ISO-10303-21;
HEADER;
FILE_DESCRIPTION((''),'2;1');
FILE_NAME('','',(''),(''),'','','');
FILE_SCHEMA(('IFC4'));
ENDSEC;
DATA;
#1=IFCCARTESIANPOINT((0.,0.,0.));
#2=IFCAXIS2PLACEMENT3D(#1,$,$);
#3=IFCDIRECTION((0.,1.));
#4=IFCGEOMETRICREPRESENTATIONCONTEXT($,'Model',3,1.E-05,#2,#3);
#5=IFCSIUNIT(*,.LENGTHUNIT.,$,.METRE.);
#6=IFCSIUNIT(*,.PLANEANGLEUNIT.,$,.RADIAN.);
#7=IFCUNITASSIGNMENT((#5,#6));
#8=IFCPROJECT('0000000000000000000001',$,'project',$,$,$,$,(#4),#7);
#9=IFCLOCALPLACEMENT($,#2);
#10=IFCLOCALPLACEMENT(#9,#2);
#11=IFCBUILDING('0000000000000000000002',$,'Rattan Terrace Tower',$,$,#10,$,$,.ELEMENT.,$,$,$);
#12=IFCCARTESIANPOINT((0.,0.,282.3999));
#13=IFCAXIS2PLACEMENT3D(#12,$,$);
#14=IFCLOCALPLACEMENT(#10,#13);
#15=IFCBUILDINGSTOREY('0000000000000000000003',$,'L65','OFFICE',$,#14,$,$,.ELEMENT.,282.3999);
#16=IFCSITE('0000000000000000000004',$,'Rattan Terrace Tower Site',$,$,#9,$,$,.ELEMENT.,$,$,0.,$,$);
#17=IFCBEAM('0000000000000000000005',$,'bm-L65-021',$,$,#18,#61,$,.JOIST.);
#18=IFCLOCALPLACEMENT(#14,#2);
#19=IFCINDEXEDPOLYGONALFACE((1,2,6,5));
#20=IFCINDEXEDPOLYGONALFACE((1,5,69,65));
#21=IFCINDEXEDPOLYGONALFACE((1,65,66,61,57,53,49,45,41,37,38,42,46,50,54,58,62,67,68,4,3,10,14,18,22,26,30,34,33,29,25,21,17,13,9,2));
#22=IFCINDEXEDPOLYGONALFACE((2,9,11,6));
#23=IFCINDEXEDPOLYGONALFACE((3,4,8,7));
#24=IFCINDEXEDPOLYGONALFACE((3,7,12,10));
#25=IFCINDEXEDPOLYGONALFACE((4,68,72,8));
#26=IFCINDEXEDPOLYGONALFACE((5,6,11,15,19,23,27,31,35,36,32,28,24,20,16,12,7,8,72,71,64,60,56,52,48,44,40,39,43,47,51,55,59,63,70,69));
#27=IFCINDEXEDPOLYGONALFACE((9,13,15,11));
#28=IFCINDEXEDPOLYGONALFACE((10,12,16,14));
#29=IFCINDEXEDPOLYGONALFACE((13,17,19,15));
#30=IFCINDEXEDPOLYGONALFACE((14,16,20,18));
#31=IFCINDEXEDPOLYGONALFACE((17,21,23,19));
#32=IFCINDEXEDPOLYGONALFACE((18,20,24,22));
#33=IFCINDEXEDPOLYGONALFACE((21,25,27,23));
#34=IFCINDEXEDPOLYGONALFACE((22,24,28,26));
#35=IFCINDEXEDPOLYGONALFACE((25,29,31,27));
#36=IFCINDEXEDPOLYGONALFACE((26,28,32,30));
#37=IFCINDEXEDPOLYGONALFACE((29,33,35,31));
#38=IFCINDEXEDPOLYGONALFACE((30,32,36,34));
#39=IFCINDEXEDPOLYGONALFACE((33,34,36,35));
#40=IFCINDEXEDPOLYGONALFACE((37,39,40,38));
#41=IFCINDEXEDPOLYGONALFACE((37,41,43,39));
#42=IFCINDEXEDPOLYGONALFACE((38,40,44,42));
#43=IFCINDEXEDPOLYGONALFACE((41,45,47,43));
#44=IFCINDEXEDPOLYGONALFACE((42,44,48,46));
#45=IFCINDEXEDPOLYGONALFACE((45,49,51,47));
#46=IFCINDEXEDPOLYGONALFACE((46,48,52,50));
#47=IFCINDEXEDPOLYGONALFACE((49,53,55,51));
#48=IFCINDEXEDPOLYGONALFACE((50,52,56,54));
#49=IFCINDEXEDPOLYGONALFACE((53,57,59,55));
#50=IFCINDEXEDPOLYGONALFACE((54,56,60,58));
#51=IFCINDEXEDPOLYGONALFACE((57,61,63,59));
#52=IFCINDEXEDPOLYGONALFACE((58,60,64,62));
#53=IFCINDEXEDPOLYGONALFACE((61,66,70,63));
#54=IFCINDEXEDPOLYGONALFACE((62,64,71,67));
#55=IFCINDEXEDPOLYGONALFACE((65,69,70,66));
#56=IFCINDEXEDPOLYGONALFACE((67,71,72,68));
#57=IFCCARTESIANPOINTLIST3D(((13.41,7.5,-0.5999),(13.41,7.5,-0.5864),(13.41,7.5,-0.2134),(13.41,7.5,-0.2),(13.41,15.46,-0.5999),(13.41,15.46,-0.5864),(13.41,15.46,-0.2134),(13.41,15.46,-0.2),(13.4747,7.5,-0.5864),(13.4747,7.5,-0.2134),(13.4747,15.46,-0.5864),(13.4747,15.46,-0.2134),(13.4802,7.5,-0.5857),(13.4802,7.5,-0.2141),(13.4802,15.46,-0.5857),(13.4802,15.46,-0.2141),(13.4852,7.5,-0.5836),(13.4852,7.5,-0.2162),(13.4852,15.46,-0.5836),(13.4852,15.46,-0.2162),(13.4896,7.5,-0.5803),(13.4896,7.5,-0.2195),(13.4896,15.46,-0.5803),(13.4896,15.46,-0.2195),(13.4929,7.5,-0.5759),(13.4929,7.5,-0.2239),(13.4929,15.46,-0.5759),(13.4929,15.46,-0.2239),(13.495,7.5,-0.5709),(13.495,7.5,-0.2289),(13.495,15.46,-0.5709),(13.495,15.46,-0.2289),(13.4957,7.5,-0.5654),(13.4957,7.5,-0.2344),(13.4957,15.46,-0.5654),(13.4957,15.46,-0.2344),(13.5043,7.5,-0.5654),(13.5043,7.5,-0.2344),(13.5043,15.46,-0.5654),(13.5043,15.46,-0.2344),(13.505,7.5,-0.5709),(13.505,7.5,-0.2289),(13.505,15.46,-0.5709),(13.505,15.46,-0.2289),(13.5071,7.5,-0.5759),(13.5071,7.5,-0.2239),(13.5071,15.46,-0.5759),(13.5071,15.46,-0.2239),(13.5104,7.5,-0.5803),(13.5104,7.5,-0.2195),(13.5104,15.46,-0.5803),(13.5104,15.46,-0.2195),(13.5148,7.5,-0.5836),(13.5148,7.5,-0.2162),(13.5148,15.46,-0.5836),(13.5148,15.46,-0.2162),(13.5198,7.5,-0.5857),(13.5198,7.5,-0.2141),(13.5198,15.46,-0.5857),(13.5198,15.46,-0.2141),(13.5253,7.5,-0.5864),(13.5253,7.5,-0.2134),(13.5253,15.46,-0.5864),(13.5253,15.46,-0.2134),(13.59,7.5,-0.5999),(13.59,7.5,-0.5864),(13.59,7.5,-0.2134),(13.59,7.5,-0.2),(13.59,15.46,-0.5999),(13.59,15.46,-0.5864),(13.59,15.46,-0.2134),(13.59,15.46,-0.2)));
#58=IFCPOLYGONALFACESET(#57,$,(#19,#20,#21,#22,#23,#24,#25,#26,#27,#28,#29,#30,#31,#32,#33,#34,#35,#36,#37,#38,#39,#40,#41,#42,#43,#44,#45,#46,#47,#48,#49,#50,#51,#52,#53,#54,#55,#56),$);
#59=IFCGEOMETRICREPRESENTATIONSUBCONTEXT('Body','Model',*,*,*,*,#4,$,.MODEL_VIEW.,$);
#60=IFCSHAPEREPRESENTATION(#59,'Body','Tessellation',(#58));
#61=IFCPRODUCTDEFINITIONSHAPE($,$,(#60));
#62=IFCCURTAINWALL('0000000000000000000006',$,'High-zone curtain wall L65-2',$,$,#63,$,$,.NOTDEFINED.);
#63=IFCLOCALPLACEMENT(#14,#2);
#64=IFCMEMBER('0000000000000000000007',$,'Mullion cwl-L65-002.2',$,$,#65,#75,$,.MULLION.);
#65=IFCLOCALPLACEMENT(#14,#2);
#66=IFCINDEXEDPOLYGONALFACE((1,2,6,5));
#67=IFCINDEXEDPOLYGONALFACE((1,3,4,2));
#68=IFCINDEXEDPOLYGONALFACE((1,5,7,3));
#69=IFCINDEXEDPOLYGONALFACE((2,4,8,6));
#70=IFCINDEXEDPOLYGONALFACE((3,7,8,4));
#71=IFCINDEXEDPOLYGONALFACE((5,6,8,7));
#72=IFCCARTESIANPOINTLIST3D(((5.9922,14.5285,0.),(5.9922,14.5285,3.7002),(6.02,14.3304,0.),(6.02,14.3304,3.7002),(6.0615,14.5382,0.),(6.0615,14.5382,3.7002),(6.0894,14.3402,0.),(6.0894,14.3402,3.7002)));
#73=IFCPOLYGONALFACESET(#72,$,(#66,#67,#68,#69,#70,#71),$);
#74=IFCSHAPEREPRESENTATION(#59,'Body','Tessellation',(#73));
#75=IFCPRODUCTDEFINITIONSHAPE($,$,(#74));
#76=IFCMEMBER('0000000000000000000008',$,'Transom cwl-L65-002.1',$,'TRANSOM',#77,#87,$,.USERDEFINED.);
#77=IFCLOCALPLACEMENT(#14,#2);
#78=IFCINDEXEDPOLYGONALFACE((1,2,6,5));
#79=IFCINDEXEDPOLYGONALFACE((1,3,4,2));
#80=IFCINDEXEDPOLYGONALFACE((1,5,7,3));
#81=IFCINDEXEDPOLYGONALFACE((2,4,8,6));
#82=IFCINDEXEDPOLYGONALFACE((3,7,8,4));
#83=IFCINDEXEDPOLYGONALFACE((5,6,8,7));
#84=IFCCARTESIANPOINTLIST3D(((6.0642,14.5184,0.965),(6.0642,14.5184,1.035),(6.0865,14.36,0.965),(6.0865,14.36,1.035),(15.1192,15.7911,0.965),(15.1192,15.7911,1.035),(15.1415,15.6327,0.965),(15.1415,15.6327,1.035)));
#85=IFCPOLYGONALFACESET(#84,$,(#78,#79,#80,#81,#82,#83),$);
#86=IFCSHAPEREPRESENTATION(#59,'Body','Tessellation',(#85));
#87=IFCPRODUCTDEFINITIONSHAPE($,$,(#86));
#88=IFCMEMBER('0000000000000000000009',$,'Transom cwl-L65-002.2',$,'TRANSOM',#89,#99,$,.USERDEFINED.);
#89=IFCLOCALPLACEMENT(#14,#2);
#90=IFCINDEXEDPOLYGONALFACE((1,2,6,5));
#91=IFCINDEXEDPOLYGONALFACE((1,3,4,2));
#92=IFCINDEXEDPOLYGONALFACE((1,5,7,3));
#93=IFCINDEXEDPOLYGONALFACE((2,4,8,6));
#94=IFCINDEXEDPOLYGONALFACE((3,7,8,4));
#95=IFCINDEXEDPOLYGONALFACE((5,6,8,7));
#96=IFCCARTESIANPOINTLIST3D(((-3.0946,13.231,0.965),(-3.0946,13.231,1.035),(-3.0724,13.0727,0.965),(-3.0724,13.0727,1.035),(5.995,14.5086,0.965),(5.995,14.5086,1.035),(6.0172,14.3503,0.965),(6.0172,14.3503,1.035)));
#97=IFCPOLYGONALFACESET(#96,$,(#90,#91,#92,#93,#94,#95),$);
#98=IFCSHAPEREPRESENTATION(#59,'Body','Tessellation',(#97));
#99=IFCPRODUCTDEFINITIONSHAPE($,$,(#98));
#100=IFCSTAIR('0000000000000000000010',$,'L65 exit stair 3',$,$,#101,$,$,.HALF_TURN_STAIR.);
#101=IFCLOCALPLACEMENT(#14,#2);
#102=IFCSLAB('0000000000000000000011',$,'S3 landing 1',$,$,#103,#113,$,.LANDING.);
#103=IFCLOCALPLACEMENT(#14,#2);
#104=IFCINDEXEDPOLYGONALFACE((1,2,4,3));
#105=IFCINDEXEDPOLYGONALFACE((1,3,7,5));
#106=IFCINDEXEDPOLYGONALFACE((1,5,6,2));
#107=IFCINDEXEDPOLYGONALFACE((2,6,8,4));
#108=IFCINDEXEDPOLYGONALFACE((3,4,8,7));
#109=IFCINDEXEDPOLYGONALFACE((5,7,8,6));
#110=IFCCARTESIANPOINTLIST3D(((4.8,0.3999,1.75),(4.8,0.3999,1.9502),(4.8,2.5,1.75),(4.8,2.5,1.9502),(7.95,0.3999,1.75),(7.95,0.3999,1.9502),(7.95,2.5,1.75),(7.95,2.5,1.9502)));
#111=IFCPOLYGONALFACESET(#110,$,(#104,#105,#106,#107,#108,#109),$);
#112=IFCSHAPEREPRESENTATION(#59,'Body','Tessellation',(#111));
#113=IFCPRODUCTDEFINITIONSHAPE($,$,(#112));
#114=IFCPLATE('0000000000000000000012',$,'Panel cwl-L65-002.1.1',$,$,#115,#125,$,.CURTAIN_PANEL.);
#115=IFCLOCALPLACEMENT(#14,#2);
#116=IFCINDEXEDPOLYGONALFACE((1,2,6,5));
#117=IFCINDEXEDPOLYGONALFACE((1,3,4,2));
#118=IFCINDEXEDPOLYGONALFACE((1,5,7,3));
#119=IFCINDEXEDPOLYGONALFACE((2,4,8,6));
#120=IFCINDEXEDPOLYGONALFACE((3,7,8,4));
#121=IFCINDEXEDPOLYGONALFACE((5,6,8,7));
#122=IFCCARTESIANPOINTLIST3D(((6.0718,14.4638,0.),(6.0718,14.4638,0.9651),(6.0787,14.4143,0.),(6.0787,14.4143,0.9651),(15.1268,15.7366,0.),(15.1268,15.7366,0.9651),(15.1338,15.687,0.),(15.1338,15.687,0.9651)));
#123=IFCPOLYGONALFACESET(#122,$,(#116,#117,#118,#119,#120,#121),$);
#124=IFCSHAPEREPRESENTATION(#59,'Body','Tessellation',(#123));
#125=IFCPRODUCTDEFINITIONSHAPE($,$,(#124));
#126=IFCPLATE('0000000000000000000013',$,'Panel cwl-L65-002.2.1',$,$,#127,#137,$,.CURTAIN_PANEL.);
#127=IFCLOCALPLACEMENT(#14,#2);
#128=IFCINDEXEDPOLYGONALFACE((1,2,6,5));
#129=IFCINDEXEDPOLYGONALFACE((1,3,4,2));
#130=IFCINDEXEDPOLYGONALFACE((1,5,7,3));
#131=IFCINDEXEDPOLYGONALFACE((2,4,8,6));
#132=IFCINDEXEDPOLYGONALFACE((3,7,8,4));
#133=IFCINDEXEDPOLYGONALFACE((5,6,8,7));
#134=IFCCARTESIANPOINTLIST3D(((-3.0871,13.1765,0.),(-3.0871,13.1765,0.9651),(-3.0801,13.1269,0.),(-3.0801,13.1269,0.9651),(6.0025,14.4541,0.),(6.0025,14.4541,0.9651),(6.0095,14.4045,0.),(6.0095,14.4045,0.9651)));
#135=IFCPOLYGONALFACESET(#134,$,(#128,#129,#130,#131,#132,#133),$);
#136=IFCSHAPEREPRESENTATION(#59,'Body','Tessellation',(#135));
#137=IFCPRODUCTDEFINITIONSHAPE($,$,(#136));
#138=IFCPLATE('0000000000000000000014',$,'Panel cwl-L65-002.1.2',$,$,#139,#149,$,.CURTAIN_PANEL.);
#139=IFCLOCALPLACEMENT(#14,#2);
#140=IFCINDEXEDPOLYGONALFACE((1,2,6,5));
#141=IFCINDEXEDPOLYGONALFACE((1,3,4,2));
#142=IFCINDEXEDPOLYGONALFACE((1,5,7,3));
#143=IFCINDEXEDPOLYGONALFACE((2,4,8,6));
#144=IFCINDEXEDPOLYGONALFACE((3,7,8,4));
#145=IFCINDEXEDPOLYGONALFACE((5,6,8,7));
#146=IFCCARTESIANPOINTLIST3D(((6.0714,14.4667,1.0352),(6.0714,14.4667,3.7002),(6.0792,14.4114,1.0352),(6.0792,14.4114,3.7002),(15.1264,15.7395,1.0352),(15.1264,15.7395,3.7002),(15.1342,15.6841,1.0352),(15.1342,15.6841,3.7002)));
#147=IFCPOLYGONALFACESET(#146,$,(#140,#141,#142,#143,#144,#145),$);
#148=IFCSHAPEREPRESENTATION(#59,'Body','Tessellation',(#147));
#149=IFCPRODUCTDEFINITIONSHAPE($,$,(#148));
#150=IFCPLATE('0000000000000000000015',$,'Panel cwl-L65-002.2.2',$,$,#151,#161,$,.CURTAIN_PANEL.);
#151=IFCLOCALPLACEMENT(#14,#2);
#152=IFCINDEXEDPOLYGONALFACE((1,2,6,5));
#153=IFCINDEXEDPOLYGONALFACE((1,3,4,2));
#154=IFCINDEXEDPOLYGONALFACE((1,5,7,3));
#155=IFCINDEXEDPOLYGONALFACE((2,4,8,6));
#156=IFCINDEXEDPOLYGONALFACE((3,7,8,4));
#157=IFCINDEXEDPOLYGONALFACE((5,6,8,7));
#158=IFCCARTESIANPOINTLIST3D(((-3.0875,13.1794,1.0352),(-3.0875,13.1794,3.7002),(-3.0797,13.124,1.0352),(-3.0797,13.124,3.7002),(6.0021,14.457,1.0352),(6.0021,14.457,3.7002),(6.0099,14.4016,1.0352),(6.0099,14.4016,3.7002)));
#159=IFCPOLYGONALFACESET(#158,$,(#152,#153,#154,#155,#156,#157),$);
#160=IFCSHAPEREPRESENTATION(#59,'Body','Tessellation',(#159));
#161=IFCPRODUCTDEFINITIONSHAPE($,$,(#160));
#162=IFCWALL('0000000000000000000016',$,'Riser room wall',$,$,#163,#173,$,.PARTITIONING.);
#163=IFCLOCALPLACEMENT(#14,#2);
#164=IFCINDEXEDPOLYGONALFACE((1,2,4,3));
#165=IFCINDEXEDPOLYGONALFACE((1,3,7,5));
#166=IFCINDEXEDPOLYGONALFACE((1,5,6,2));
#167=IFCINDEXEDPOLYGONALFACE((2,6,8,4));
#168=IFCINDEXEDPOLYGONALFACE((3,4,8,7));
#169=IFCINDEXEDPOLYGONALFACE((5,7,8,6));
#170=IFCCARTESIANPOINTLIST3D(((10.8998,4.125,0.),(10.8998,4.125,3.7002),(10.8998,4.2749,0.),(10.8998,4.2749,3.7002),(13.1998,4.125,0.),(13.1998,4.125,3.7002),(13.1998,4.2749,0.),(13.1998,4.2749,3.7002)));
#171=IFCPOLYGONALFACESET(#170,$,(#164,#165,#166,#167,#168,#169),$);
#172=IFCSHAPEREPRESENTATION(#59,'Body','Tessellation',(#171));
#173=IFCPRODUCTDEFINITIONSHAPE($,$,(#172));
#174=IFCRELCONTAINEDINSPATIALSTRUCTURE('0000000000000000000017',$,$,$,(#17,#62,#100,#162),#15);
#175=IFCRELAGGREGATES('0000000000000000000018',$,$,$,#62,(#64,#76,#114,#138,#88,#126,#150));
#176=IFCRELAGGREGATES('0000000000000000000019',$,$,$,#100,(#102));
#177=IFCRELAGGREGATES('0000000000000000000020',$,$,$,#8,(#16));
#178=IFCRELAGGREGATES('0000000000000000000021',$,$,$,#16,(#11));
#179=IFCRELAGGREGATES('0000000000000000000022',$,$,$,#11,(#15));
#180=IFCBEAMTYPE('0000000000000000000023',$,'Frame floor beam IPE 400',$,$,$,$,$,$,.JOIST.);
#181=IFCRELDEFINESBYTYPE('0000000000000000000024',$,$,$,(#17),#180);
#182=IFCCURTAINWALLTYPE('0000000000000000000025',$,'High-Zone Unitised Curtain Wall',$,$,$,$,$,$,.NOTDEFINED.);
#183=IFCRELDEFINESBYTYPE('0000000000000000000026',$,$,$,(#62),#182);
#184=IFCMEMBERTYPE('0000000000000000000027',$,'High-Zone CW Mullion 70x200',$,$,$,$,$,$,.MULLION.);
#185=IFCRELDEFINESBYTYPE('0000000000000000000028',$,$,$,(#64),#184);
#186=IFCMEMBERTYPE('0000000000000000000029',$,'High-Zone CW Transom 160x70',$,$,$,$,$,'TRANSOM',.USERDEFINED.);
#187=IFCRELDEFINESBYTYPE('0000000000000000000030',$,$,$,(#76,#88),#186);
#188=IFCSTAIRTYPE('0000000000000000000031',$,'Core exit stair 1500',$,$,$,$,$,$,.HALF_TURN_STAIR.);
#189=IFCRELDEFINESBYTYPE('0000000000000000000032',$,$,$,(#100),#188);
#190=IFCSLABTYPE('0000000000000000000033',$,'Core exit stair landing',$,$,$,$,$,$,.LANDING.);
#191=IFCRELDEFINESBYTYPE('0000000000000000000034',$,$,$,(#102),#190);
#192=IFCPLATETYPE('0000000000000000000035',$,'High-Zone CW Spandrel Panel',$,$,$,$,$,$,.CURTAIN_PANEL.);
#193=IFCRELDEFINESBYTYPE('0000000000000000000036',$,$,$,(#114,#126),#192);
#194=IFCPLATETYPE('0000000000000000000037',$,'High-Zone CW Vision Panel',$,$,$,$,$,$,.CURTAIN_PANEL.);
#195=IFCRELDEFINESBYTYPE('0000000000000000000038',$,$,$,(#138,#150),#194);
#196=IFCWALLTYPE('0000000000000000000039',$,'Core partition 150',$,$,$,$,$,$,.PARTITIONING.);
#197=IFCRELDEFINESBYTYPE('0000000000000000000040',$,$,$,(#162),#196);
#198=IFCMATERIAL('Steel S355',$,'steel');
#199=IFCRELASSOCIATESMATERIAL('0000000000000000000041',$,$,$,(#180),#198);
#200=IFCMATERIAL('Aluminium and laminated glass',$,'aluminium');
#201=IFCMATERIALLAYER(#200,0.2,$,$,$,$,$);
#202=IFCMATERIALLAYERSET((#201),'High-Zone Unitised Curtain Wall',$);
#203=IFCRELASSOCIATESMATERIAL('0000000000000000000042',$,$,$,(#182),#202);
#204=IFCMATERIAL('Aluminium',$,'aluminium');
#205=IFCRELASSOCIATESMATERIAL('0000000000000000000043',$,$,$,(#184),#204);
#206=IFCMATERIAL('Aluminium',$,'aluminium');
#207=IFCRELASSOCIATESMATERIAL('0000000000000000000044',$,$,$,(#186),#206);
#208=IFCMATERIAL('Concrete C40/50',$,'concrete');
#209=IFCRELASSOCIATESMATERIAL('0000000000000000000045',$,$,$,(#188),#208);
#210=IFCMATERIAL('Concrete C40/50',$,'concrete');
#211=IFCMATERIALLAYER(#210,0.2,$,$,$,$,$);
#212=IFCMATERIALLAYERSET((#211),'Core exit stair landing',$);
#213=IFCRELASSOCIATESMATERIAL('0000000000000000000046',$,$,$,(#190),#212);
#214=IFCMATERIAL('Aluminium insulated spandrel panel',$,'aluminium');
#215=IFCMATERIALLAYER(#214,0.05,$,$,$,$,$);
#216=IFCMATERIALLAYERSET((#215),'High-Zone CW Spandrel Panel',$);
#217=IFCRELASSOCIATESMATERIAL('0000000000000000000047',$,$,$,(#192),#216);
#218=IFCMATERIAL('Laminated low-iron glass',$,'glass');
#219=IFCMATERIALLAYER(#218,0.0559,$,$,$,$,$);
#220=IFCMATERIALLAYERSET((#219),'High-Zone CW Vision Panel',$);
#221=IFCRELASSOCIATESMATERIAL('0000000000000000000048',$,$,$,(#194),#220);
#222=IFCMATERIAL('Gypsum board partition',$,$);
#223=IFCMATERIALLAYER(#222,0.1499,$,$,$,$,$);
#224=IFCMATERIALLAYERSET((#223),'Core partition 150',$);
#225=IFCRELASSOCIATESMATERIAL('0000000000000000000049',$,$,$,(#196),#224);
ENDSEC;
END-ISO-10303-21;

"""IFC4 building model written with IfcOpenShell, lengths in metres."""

from ifc_helpers import new_model, si_unit, direction, frame, frame_2d, origin, origin_2d, place, context, subcontext, project, spatial, polyline, rectangle, i_section, outline, extrude, material, layer, layer_set, material_profile, profile_set, type_object, element, aggregate, save


model = new_model("IFC4")

# Units and contexts
model_context = context("Model", 3, precision=1e-05, world=origin(), true_north=direction((0.0, 1.0)))
body_context = subcontext(model_context, "Body", "Model", "MODEL_VIEW")
ifc_project = project(units=[si_unit("LENGTHUNIT", "METRE"), si_unit("PLANEANGLEUNIT", "RADIAN")], contexts=[model_context])

# Site, building, storey
site_placement = place(None, origin())
site = spatial("IfcSite", under=ifc_project, at=site_placement, Name="Rattan Terrace Tower Site", CompositionType="ELEMENT", RefElevation=0.0)
building_placement = place(site_placement, origin())
building = spatial("IfcBuilding", under=site, at=building_placement, Name="Rattan Terrace Tower", CompositionType="ELEMENT")
storey_placement = place(building_placement, frame((0.0, 0.0, 282.3999)))
storey = spatial("IfcBuildingStorey", under=building, at=storey_placement, Name="L65", Description="OFFICE", CompositionType="ELEMENT", Elevation=282.3999)

# Beam
ifc_material_1 = material(Name="Steel S355", Category="steel")
ifc_material_profile_1 = material_profile(ifc_material_1, i_section(OverallWidth=0.1799, OverallDepth=0.3999, WebThickness=0.0085, FlangeThickness=0.0134, FilletRadius=0.021, at=origin_2d()), Name="IPE 400")
ifc_profile_set_1 = profile_set([ifc_material_profile_1], Name="Steel S355")
beam_type_1 = type_object("IfcBeamType", Name="Frame floor beam IPE 400", PredefinedType="JOIST", material=ifc_profile_set_1)
beam_1_placement = place(storey_placement, frame((13.5, 7.5, -0.3999), z_axis=(0.0, 1.0, 0.0), x_axis=(-1.0, 0.0, 0.0)))
element("IfcBeam", 1, at=beam_1_placement, inside=storey, type_object=beam_type_1, Name="bm-L65-021", PredefinedType="JOIST", context=body_context, shape_type="SweptSolid", body=[
    extrude(i_section(OverallWidth=0.1799, OverallDepth=0.3999, WebThickness=0.0085, FlangeThickness=0.0134, FilletRadius=0.021, at=origin_2d()), origin(), (0.0, 0.0, 1.0), 7.96),
])

# Curtain wall, members
ifc_material_2 = material(Name="Aluminium and laminated glass", Category="aluminium")
ifc_layer_1 = layer(ifc_material_2, 0.2)
ifc_layer_set_1 = layer_set([ifc_layer_1], Name="High-Zone Unitised Curtain Wall")
curtain_wall_type = type_object("IfcCurtainWallType", Name="High-Zone Unitised Curtain Wall", PredefinedType="NOTDEFINED", material=ifc_layer_set_1)
curtain_wall_placement = place(storey_placement, origin())
curtain_wall = element("IfcCurtainWall", 2, at=curtain_wall_placement, inside=storey, type_object=curtain_wall_type, Name="High-zone curtain wall L65-2", PredefinedType="NOTDEFINED")
ifc_material_3 = material(Name="Aluminium", Category="aluminium")
ifc_material_profile_2 = material_profile(ifc_material_3, rectangle(XDim=0.0701, YDim=0.2, at=origin_2d()), Name="Aluminium 70x200")
ifc_profile_set_2 = profile_set([ifc_material_profile_2], Name="Aluminium")
member_type_1 = type_object("IfcMemberType", Name="High-Zone CW Mullion 70x200", PredefinedType="MULLION", material=ifc_profile_set_2)
member_1_placement = place(storey_placement, frame((6.0408, 14.4343, 0.0), z_axis=(0.0, 0.0, 1.0), x_axis=(-0.990266, -0.139189, 0.0)))
member_1 = element("IfcMember", 3, at=member_1_placement, type_object=member_type_1, Name="Mullion cwl-L65-002.2", PredefinedType="MULLION", context=body_context, shape_type="SweptSolid", body=[
    extrude(rectangle(XDim=0.0701, YDim=0.2, at=origin_2d()), origin(), (0.0, 0.0, 1.0), 3.7002),
])
ifc_material_4 = material(Name="Aluminium", Category="aluminium")
ifc_material_profile_3 = material_profile(ifc_material_4, rectangle(XDim=0.1599, YDim=0.0701, at=origin_2d()), Name="Aluminium 160x70")
ifc_profile_set_3 = profile_set([ifc_material_profile_3], Name="Aluminium")
member_type_2 = type_object("IfcMemberType", Name="High-Zone CW Transom 160x70", ElementType="TRANSOM", PredefinedType="USERDEFINED", material=ifc_profile_set_3)
member_2_placement = place(storey_placement, frame((15.1304, 15.7119, 1.0), z_axis=(-0.990266, -0.139186, 0.0), x_axis=(0.139186, -0.990266, 0.0)))
member_2 = element("IfcMember", 4, at=member_2_placement, type_object=member_type_2, Name="Transom cwl-L65-002.1", ObjectType="TRANSOM", PredefinedType="USERDEFINED", context=body_context, shape_type="SweptSolid", body=[
    extrude(rectangle(XDim=0.1599, YDim=0.0701, at=origin_2d()), origin(), (0.0, 0.0, 1.0), 9.144),
])
member_3_placement = place(storey_placement, frame((6.0061, 14.4294, 1.0), z_axis=(-0.990266, -0.139187, 0.0), x_axis=(0.139187, -0.990266, 0.0)))
member_3 = element("IfcMember", 5, at=member_3_placement, type_object=member_type_2, Name="Transom cwl-L65-002.2", ObjectType="TRANSOM", PredefinedType="USERDEFINED", context=body_context, shape_type="SweptSolid", body=[
    extrude(rectangle(XDim=0.1599, YDim=0.0701, at=origin_2d()), origin(), (0.0, 0.0, 1.0), 9.179),
])

# Stair, slab
ifc_material_5 = material(Name="Concrete C40/50", Category="concrete")
stair_type = type_object("IfcStairType", Name="Core exit stair 1500", PredefinedType="HALF_TURN_STAIR", material=ifc_material_5)
stair_1_placement = place(storey_placement, origin())
stair_1 = element("IfcStair", 6, at=stair_1_placement, inside=storey, type_object=stair_type, Name="L65 exit stair 3", PredefinedType="HALF_TURN_STAIR")
ifc_material_6 = material(Name="Concrete C40/50", Category="concrete")
ifc_layer_2 = layer(ifc_material_6, 0.2)
ifc_layer_set_2 = layer_set([ifc_layer_2], Name="Core exit stair landing")
slab_type = type_object("IfcSlabType", Name="Core exit stair landing", PredefinedType="LANDING", material=ifc_layer_set_2)
slab_placement = place(storey_placement, frame((0.0, 0.0, 1.75)))
slab = element("IfcSlab", 7, at=slab_placement, type_object=slab_type, Name="S3 landing 1", PredefinedType="LANDING", context=body_context, shape_type="SweptSolid", body=[
    extrude(outline(polyline([(4.8, 2.5), (4.8, 0.3999), (7.95, 0.3999), (7.95, 2.5), (4.8, 2.5)])), origin(), (0.0, 0.0, 1.0), 0.2002),
])

# Plates
ifc_material_7 = material(Name="Aluminium insulated spandrel panel", Category="aluminium")
ifc_layer_3 = layer(ifc_material_7, 0.05)
ifc_layer_set_3 = layer_set([ifc_layer_3], Name="High-Zone CW Spandrel Panel")
plate_type_1 = type_object("IfcPlateType", Name="High-Zone CW Spandrel Panel", PredefinedType="CURTAIN_PANEL", material=ifc_layer_set_3)
plate_1_placement = place(storey_placement, frame((10.6028, 15.0754, 0.0), z_axis=(0.0, 0.0, 1.0), x_axis=(-0.990266, -0.139189, 0.0)))
plate_1 = element("IfcPlate", 8, at=plate_1_placement, type_object=plate_type_1, Name="Panel cwl-L65-002.1.1", PredefinedType="CURTAIN_PANEL", context=body_context, shape_type="SweptSolid", body=[
    extrude(rectangle(XDim=9.144, YDim=0.05, at=origin_2d()), origin(), (0.0, 0.0, 1.0), 0.9651),
])
plate_2_placement = place(storey_placement, frame((1.4612, 13.7905, 0.0), z_axis=(0.0, 0.0, 1.0), x_axis=(-0.990266, -0.139189, 0.0)))
plate_2 = element("IfcPlate", 9, at=plate_2_placement, type_object=plate_type_1, Name="Panel cwl-L65-002.2.1", PredefinedType="CURTAIN_PANEL", context=body_context, shape_type="SweptSolid", body=[
    extrude(rectangle(XDim=9.179, YDim=0.05, at=origin_2d()), origin(), (0.0, 0.0, 1.0), 0.9651),
])
ifc_material_8 = material(Name="Laminated low-iron glass", Category="glass")
ifc_layer_4 = layer(ifc_material_8, 0.0559)
ifc_layer_set_4 = layer_set([ifc_layer_4], Name="High-Zone CW Vision Panel")
plate_type_2 = type_object("IfcPlateType", Name="High-Zone CW Vision Panel", PredefinedType="CURTAIN_PANEL", material=ifc_layer_set_4)
plate_3_placement = place(storey_placement, frame((10.6028, 15.0754, 1.0352), z_axis=(0.0, 0.0, 1.0), x_axis=(-0.990266, -0.139189, 0.0)))
plate_3 = element("IfcPlate", 10, at=plate_3_placement, type_object=plate_type_2, Name="Panel cwl-L65-002.1.2", PredefinedType="CURTAIN_PANEL", context=body_context, shape_type="SweptSolid", body=[
    extrude(rectangle(XDim=9.144, YDim=0.0559, at=origin_2d()), origin(), (0.0, 0.0, 1.0), 2.665),
])
plate_4_placement = place(storey_placement, frame((1.4612, 13.7905, 1.0352), z_axis=(0.0, 0.0, 1.0), x_axis=(-0.990266, -0.139189, 0.0)))
plate_4 = element("IfcPlate", 11, at=plate_4_placement, type_object=plate_type_2, Name="Panel cwl-L65-002.2.2", PredefinedType="CURTAIN_PANEL", context=body_context, shape_type="SweptSolid", body=[
    extrude(rectangle(XDim=9.179, YDim=0.0559, at=origin_2d()), origin(), (0.0, 0.0, 1.0), 2.665),
])
aggregate(curtain_wall, [member_1, member_2, plate_1, plate_3, member_3, plate_2, plate_4])

# Wall
ifc_material_9 = material(Name="Gypsum board partition")
ifc_layer_5 = layer(ifc_material_9, 0.1499)
ifc_layer_set_5 = layer_set([ifc_layer_5], Name="Core partition 150")
wall_type_1 = type_object("IfcWallType", Name="Core partition 150", PredefinedType="PARTITIONING", material=ifc_layer_set_5)
wall_1_placement = place(storey_placement, frame((10.8999, 4.2, 0.0), z_axis=(0.0, 0.0, 1.0), x_axis=(1.0, 0.0, 0.0)))
element("IfcWall", 12, at=wall_1_placement, inside=storey, type_object=wall_type_1, Name="Riser room wall", PredefinedType="PARTITIONING", context=body_context, shape_type="SweptSolid", body=[
    extrude(rectangle(XDim=2.3, YDim=0.1499, at=frame_2d((1.1499, 0.0))), origin(), (0.0, 0.0, 1.0), 3.7002),
])

aggregate(stair_1, [slab])

save(model, "model.ifc")
